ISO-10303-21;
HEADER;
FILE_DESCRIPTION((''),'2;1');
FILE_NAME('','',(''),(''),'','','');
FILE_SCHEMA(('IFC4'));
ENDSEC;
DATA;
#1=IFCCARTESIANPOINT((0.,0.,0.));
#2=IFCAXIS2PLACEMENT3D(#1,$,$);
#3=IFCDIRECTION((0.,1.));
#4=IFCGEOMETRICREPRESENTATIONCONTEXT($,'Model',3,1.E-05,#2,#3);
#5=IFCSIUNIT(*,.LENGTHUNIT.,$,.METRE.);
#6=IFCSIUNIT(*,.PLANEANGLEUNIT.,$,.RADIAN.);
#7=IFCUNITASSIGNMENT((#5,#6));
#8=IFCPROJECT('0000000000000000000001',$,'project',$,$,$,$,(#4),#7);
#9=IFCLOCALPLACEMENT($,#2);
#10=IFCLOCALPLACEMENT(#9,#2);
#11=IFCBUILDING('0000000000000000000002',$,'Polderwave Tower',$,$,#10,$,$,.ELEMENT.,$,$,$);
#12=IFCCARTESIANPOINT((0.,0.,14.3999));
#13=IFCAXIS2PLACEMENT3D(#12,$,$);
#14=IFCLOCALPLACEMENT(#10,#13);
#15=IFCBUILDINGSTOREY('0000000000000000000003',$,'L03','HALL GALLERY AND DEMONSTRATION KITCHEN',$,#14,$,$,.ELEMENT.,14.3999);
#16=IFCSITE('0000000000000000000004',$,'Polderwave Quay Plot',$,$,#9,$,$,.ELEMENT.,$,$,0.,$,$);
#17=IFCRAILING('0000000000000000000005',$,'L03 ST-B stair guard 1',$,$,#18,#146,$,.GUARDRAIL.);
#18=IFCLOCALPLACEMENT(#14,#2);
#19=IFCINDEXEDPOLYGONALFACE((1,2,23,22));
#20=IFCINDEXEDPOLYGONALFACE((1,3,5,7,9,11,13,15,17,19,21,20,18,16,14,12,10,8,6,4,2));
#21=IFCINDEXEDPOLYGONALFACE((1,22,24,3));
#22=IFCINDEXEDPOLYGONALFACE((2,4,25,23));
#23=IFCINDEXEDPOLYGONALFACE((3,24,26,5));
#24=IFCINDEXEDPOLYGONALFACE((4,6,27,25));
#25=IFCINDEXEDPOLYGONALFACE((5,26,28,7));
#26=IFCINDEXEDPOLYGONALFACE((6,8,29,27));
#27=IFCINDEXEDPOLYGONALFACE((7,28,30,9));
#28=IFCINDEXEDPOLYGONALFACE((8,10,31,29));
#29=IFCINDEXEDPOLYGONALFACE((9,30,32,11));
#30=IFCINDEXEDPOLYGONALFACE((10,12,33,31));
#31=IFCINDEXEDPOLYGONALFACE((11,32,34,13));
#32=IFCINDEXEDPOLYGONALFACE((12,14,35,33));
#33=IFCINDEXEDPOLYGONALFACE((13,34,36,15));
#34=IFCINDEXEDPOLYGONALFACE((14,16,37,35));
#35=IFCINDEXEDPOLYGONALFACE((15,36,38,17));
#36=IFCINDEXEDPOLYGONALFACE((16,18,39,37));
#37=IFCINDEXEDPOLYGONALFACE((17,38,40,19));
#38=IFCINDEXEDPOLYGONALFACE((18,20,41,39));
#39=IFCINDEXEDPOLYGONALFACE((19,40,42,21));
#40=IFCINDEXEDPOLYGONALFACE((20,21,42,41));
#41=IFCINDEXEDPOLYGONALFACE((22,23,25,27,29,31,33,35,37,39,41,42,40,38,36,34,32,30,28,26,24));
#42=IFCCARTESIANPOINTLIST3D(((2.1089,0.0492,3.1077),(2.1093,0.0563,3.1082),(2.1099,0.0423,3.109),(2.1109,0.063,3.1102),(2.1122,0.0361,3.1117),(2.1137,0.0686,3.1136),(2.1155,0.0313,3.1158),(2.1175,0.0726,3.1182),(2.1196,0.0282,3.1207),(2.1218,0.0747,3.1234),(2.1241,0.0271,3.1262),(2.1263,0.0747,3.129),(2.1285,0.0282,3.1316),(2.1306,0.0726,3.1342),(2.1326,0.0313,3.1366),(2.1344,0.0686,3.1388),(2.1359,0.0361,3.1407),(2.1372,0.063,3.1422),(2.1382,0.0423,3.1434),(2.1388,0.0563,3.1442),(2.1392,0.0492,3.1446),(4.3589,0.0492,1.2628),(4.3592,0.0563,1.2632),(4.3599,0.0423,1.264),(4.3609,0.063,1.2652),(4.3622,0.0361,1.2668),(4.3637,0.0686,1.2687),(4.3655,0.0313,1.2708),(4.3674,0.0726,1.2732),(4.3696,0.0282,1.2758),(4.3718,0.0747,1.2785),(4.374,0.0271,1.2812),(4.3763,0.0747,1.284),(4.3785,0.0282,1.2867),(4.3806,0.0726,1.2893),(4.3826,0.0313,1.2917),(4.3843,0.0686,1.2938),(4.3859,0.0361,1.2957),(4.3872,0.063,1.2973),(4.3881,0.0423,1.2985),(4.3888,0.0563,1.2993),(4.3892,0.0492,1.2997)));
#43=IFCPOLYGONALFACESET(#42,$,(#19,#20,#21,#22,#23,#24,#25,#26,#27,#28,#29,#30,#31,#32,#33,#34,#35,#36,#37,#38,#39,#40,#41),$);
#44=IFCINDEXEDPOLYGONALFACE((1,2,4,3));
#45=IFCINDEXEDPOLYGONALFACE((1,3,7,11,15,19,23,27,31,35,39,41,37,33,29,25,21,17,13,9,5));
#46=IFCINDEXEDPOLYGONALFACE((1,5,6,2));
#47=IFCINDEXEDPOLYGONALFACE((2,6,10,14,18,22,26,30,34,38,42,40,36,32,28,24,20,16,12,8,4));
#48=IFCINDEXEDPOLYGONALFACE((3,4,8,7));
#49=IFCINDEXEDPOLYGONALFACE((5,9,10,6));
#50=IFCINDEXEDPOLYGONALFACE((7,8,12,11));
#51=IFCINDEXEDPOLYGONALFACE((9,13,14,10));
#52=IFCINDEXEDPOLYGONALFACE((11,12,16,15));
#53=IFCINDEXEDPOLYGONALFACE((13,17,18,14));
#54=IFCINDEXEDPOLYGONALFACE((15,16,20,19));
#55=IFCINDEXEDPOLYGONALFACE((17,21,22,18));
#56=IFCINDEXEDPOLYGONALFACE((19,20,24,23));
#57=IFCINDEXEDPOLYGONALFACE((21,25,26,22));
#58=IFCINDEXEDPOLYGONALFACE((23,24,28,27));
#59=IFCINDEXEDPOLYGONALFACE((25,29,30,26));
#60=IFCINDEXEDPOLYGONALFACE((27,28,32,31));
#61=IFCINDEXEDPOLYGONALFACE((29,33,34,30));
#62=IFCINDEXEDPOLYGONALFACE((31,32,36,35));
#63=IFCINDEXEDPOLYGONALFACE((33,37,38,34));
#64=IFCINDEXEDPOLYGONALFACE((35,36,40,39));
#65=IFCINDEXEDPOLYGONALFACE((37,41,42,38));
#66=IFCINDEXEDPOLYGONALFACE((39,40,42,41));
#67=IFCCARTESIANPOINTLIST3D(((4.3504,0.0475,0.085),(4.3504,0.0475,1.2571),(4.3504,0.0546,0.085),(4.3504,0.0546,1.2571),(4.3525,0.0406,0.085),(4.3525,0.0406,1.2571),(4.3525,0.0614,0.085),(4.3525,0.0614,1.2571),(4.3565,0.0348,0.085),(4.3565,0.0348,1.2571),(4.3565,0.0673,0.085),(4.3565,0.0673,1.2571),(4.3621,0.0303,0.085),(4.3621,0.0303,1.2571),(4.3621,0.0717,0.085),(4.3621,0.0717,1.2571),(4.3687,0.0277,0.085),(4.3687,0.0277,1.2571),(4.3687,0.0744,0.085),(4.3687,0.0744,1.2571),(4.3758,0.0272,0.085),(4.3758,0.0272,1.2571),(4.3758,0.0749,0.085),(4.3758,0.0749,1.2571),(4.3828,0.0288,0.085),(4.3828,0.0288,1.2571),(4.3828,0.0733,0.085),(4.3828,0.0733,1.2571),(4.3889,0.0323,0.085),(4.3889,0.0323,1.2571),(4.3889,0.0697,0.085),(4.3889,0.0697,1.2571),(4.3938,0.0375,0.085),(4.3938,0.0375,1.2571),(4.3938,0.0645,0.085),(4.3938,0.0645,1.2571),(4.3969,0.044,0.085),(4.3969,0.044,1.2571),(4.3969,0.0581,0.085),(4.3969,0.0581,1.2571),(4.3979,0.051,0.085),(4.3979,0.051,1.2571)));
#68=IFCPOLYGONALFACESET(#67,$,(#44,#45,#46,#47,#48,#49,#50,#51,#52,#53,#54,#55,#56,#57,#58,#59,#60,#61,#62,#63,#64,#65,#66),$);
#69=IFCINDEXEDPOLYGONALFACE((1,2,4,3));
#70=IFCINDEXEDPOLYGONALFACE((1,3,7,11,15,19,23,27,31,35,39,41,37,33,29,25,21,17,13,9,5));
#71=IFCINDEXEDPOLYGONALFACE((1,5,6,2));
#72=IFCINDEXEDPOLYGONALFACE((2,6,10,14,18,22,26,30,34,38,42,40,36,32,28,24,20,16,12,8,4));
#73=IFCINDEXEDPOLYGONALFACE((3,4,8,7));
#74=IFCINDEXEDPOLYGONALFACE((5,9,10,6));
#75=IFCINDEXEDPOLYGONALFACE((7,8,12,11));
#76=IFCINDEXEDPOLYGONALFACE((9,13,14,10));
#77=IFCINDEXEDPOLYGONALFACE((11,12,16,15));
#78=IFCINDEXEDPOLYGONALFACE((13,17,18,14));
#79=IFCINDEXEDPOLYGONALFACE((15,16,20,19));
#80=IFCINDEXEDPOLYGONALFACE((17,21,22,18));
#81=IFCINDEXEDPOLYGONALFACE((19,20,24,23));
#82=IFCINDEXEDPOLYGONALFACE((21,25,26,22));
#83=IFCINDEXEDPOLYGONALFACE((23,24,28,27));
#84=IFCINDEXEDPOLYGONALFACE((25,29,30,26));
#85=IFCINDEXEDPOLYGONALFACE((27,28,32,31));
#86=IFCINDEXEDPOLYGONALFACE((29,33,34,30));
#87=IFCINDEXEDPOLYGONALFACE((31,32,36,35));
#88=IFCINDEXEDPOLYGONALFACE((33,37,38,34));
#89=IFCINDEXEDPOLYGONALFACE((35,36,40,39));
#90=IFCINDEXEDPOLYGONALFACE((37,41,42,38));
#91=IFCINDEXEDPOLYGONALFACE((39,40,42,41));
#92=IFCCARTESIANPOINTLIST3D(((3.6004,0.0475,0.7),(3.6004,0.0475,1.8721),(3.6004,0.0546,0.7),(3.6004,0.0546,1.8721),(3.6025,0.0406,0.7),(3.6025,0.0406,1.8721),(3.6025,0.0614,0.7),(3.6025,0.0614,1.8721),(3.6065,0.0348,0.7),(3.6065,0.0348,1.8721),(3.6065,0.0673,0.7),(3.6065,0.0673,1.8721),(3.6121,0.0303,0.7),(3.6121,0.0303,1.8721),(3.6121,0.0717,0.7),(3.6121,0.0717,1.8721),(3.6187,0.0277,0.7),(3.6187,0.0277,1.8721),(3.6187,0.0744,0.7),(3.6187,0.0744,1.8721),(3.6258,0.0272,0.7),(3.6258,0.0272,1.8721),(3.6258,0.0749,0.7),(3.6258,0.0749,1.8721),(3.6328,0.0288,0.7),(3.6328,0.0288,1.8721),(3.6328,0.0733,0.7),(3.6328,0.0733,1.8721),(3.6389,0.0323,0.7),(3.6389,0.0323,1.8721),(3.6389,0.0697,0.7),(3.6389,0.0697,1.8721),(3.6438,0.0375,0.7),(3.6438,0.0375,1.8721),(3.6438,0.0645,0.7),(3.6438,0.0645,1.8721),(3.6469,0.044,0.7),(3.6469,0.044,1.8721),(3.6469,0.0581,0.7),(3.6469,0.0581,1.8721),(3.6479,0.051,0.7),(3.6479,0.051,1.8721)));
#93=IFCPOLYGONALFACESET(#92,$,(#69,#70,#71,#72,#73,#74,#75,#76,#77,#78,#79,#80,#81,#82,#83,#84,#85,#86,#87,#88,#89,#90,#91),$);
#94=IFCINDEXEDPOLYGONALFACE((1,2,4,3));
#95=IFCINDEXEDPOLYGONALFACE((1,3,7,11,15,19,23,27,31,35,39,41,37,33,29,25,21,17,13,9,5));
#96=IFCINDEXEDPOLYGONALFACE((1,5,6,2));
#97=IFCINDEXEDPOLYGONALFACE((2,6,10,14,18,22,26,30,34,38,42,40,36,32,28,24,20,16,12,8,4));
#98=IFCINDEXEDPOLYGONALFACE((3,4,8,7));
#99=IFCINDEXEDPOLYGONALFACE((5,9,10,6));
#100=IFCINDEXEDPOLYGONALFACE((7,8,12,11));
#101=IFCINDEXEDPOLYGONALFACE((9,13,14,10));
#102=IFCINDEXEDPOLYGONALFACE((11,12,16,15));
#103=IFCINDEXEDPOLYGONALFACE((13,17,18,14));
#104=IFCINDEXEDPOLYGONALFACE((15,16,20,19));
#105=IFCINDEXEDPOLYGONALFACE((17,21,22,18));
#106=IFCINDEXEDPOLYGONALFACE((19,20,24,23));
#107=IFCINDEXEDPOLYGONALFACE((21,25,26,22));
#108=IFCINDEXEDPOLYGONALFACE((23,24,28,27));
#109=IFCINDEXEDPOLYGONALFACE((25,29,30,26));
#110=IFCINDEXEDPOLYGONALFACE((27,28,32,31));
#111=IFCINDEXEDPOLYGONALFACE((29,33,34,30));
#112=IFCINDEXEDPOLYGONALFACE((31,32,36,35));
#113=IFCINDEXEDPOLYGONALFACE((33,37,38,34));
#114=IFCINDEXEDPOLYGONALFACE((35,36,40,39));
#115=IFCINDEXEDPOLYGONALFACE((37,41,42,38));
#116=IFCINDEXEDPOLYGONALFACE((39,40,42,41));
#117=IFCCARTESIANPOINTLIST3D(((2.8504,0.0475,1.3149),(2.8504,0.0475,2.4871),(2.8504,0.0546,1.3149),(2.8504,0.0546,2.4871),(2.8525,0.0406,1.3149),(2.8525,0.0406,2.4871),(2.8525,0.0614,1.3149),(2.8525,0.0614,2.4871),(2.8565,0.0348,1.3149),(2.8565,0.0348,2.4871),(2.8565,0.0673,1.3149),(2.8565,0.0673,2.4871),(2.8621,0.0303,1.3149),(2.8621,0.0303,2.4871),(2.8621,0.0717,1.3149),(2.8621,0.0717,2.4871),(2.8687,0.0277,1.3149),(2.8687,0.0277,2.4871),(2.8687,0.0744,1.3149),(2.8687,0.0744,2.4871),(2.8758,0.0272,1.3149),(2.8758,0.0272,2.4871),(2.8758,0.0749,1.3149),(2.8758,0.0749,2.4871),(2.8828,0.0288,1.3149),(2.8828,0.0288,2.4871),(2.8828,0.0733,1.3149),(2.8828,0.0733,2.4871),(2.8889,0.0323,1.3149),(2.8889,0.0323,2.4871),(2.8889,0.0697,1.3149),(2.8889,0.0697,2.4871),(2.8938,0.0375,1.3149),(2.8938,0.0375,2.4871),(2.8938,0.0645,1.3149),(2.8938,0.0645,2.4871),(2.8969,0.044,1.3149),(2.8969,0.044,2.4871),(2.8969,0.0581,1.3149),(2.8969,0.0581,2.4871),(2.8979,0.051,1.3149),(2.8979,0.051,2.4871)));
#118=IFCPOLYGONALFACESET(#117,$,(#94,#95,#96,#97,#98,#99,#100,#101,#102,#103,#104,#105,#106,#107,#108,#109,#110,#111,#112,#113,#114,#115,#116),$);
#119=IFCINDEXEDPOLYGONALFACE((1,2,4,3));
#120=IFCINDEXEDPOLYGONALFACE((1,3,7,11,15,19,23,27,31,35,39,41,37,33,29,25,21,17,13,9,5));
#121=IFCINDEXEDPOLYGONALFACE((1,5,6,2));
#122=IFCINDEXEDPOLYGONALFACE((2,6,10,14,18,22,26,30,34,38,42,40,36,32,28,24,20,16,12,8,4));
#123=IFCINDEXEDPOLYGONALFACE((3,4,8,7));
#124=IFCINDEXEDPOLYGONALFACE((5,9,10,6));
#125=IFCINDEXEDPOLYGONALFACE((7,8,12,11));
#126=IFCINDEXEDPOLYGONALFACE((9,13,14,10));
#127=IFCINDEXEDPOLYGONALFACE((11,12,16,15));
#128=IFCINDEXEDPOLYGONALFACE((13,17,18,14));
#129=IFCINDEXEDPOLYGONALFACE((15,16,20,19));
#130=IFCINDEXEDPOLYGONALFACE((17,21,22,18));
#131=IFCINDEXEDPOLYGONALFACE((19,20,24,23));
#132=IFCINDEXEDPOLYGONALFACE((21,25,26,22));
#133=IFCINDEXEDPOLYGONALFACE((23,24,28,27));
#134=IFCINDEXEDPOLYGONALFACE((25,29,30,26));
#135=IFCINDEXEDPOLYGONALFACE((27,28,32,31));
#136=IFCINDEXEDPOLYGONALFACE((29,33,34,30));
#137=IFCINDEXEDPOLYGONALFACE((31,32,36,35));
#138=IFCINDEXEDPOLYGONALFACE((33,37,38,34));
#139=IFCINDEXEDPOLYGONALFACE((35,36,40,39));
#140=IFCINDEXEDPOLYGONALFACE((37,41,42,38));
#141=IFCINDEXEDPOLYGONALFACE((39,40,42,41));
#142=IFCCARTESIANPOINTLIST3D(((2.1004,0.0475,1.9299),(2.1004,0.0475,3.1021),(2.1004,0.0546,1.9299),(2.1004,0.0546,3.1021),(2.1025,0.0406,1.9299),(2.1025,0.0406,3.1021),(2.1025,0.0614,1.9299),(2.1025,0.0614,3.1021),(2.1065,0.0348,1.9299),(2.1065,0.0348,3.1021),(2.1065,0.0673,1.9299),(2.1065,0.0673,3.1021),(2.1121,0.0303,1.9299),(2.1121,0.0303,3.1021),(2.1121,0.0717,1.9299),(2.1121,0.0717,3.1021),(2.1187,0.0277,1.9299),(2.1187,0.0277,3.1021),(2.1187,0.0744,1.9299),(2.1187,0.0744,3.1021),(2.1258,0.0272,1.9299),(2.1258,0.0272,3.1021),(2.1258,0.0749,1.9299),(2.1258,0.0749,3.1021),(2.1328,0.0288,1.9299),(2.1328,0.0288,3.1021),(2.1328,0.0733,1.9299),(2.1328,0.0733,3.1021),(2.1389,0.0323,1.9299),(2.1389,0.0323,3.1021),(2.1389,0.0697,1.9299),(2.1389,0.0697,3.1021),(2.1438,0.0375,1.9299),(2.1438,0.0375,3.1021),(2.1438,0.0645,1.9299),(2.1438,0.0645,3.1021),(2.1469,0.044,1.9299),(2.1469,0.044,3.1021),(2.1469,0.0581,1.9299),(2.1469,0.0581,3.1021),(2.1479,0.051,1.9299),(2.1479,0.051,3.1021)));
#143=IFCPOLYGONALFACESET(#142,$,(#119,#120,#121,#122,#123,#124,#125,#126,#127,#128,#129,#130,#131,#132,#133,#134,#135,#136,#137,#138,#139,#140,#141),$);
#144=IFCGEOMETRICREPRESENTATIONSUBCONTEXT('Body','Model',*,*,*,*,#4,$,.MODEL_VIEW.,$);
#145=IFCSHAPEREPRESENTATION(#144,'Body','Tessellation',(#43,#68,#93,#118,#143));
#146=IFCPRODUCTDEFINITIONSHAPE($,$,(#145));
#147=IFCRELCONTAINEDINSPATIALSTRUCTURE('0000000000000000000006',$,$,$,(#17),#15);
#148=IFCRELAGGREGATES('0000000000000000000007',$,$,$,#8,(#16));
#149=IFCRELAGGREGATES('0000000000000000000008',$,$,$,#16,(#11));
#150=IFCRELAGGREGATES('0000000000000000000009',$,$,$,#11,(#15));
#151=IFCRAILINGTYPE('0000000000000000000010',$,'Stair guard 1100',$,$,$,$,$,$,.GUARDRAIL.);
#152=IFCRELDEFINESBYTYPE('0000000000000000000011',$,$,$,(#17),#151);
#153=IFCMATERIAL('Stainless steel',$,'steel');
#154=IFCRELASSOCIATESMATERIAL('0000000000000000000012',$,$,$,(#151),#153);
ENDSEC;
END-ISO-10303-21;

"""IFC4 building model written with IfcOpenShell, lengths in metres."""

from ifc_helpers import new_model, si_unit, direction, frame, origin, origin_2d, place, context, subcontext, project, spatial, circle, extrude, material, type_object, element, save


model = new_model("IFC4")

# Units and contexts
model_context = context("Model", 3, precision=1e-05, world=origin(), true_north=direction((0.0, 1.0)))
body_context = subcontext(model_context, "Body", "Model", "MODEL_VIEW")
ifc_project = project(units=[si_unit("LENGTHUNIT", "METRE"), si_unit("PLANEANGLEUNIT", "RADIAN")], contexts=[model_context])

# Site, building, storey
site_placement = place(None, origin())
site = spatial("IfcSite", under=ifc_project, at=site_placement, Name="Polderwave Quay Plot", CompositionType="ELEMENT", RefElevation=0.0)
building_placement = place(site_placement, origin())
building = spatial("IfcBuilding", under=site, at=building_placement, Name="Polderwave Tower", CompositionType="ELEMENT")
storey_placement = place(building_placement, frame((0.0, 0.0, 14.3999)))
storey = spatial("IfcBuildingStorey", under=building, at=storey_placement, Name="L03", Description="HALL GALLERY AND DEMONSTRATION KITCHEN", CompositionType="ELEMENT", Elevation=14.3999)

# Railing
ifc_material_1 = material(Name="Stainless steel", Category="steel")
railing_type_1 = type_object("IfcRailingType", Name="Stair guard 1100", PredefinedType="GUARDRAIL", material=ifc_material_1)
railing_1_placement = place(storey_placement, frame((4.374, 0.051, 0.085)))
element("IfcRailing", 1, at=railing_1_placement, inside=storey, type_object=railing_type_1, Name="L03 ST-B stair guard 1", PredefinedType="GUARDRAIL", context=body_context, shape_type="SweptSolid", body=[
    extrude(circle(Radius=0.0239, at=origin_2d()), frame((0.0, 0.0, 1.1963), z_axis=(-0.773273, 0.0, 0.634074), x_axis=(0.0, -1.0, 0.0)), (0.0, 0.0, 1.0), 2.9097),
    extrude(circle(Radius=0.0239, at=origin_2d()), origin(), (0.0, 0.0, 1.0), 1.1721),
    extrude(circle(Radius=0.0239, at=origin_2d()), frame((-0.75, 0.0, 0.615)), (0.0, 0.0, 1.0), 1.1721),
    extrude(circle(Radius=0.0239, at=origin_2d()), frame((-1.5, 0.0, 1.23)), (0.0, 0.0, 1.0), 1.1721),
    extrude(circle(Radius=0.0239, at=origin_2d()), frame((-2.25, 0.0, 1.845)), (0.0, 0.0, 1.0), 1.1721),
])

save(model, "model.ifc")
